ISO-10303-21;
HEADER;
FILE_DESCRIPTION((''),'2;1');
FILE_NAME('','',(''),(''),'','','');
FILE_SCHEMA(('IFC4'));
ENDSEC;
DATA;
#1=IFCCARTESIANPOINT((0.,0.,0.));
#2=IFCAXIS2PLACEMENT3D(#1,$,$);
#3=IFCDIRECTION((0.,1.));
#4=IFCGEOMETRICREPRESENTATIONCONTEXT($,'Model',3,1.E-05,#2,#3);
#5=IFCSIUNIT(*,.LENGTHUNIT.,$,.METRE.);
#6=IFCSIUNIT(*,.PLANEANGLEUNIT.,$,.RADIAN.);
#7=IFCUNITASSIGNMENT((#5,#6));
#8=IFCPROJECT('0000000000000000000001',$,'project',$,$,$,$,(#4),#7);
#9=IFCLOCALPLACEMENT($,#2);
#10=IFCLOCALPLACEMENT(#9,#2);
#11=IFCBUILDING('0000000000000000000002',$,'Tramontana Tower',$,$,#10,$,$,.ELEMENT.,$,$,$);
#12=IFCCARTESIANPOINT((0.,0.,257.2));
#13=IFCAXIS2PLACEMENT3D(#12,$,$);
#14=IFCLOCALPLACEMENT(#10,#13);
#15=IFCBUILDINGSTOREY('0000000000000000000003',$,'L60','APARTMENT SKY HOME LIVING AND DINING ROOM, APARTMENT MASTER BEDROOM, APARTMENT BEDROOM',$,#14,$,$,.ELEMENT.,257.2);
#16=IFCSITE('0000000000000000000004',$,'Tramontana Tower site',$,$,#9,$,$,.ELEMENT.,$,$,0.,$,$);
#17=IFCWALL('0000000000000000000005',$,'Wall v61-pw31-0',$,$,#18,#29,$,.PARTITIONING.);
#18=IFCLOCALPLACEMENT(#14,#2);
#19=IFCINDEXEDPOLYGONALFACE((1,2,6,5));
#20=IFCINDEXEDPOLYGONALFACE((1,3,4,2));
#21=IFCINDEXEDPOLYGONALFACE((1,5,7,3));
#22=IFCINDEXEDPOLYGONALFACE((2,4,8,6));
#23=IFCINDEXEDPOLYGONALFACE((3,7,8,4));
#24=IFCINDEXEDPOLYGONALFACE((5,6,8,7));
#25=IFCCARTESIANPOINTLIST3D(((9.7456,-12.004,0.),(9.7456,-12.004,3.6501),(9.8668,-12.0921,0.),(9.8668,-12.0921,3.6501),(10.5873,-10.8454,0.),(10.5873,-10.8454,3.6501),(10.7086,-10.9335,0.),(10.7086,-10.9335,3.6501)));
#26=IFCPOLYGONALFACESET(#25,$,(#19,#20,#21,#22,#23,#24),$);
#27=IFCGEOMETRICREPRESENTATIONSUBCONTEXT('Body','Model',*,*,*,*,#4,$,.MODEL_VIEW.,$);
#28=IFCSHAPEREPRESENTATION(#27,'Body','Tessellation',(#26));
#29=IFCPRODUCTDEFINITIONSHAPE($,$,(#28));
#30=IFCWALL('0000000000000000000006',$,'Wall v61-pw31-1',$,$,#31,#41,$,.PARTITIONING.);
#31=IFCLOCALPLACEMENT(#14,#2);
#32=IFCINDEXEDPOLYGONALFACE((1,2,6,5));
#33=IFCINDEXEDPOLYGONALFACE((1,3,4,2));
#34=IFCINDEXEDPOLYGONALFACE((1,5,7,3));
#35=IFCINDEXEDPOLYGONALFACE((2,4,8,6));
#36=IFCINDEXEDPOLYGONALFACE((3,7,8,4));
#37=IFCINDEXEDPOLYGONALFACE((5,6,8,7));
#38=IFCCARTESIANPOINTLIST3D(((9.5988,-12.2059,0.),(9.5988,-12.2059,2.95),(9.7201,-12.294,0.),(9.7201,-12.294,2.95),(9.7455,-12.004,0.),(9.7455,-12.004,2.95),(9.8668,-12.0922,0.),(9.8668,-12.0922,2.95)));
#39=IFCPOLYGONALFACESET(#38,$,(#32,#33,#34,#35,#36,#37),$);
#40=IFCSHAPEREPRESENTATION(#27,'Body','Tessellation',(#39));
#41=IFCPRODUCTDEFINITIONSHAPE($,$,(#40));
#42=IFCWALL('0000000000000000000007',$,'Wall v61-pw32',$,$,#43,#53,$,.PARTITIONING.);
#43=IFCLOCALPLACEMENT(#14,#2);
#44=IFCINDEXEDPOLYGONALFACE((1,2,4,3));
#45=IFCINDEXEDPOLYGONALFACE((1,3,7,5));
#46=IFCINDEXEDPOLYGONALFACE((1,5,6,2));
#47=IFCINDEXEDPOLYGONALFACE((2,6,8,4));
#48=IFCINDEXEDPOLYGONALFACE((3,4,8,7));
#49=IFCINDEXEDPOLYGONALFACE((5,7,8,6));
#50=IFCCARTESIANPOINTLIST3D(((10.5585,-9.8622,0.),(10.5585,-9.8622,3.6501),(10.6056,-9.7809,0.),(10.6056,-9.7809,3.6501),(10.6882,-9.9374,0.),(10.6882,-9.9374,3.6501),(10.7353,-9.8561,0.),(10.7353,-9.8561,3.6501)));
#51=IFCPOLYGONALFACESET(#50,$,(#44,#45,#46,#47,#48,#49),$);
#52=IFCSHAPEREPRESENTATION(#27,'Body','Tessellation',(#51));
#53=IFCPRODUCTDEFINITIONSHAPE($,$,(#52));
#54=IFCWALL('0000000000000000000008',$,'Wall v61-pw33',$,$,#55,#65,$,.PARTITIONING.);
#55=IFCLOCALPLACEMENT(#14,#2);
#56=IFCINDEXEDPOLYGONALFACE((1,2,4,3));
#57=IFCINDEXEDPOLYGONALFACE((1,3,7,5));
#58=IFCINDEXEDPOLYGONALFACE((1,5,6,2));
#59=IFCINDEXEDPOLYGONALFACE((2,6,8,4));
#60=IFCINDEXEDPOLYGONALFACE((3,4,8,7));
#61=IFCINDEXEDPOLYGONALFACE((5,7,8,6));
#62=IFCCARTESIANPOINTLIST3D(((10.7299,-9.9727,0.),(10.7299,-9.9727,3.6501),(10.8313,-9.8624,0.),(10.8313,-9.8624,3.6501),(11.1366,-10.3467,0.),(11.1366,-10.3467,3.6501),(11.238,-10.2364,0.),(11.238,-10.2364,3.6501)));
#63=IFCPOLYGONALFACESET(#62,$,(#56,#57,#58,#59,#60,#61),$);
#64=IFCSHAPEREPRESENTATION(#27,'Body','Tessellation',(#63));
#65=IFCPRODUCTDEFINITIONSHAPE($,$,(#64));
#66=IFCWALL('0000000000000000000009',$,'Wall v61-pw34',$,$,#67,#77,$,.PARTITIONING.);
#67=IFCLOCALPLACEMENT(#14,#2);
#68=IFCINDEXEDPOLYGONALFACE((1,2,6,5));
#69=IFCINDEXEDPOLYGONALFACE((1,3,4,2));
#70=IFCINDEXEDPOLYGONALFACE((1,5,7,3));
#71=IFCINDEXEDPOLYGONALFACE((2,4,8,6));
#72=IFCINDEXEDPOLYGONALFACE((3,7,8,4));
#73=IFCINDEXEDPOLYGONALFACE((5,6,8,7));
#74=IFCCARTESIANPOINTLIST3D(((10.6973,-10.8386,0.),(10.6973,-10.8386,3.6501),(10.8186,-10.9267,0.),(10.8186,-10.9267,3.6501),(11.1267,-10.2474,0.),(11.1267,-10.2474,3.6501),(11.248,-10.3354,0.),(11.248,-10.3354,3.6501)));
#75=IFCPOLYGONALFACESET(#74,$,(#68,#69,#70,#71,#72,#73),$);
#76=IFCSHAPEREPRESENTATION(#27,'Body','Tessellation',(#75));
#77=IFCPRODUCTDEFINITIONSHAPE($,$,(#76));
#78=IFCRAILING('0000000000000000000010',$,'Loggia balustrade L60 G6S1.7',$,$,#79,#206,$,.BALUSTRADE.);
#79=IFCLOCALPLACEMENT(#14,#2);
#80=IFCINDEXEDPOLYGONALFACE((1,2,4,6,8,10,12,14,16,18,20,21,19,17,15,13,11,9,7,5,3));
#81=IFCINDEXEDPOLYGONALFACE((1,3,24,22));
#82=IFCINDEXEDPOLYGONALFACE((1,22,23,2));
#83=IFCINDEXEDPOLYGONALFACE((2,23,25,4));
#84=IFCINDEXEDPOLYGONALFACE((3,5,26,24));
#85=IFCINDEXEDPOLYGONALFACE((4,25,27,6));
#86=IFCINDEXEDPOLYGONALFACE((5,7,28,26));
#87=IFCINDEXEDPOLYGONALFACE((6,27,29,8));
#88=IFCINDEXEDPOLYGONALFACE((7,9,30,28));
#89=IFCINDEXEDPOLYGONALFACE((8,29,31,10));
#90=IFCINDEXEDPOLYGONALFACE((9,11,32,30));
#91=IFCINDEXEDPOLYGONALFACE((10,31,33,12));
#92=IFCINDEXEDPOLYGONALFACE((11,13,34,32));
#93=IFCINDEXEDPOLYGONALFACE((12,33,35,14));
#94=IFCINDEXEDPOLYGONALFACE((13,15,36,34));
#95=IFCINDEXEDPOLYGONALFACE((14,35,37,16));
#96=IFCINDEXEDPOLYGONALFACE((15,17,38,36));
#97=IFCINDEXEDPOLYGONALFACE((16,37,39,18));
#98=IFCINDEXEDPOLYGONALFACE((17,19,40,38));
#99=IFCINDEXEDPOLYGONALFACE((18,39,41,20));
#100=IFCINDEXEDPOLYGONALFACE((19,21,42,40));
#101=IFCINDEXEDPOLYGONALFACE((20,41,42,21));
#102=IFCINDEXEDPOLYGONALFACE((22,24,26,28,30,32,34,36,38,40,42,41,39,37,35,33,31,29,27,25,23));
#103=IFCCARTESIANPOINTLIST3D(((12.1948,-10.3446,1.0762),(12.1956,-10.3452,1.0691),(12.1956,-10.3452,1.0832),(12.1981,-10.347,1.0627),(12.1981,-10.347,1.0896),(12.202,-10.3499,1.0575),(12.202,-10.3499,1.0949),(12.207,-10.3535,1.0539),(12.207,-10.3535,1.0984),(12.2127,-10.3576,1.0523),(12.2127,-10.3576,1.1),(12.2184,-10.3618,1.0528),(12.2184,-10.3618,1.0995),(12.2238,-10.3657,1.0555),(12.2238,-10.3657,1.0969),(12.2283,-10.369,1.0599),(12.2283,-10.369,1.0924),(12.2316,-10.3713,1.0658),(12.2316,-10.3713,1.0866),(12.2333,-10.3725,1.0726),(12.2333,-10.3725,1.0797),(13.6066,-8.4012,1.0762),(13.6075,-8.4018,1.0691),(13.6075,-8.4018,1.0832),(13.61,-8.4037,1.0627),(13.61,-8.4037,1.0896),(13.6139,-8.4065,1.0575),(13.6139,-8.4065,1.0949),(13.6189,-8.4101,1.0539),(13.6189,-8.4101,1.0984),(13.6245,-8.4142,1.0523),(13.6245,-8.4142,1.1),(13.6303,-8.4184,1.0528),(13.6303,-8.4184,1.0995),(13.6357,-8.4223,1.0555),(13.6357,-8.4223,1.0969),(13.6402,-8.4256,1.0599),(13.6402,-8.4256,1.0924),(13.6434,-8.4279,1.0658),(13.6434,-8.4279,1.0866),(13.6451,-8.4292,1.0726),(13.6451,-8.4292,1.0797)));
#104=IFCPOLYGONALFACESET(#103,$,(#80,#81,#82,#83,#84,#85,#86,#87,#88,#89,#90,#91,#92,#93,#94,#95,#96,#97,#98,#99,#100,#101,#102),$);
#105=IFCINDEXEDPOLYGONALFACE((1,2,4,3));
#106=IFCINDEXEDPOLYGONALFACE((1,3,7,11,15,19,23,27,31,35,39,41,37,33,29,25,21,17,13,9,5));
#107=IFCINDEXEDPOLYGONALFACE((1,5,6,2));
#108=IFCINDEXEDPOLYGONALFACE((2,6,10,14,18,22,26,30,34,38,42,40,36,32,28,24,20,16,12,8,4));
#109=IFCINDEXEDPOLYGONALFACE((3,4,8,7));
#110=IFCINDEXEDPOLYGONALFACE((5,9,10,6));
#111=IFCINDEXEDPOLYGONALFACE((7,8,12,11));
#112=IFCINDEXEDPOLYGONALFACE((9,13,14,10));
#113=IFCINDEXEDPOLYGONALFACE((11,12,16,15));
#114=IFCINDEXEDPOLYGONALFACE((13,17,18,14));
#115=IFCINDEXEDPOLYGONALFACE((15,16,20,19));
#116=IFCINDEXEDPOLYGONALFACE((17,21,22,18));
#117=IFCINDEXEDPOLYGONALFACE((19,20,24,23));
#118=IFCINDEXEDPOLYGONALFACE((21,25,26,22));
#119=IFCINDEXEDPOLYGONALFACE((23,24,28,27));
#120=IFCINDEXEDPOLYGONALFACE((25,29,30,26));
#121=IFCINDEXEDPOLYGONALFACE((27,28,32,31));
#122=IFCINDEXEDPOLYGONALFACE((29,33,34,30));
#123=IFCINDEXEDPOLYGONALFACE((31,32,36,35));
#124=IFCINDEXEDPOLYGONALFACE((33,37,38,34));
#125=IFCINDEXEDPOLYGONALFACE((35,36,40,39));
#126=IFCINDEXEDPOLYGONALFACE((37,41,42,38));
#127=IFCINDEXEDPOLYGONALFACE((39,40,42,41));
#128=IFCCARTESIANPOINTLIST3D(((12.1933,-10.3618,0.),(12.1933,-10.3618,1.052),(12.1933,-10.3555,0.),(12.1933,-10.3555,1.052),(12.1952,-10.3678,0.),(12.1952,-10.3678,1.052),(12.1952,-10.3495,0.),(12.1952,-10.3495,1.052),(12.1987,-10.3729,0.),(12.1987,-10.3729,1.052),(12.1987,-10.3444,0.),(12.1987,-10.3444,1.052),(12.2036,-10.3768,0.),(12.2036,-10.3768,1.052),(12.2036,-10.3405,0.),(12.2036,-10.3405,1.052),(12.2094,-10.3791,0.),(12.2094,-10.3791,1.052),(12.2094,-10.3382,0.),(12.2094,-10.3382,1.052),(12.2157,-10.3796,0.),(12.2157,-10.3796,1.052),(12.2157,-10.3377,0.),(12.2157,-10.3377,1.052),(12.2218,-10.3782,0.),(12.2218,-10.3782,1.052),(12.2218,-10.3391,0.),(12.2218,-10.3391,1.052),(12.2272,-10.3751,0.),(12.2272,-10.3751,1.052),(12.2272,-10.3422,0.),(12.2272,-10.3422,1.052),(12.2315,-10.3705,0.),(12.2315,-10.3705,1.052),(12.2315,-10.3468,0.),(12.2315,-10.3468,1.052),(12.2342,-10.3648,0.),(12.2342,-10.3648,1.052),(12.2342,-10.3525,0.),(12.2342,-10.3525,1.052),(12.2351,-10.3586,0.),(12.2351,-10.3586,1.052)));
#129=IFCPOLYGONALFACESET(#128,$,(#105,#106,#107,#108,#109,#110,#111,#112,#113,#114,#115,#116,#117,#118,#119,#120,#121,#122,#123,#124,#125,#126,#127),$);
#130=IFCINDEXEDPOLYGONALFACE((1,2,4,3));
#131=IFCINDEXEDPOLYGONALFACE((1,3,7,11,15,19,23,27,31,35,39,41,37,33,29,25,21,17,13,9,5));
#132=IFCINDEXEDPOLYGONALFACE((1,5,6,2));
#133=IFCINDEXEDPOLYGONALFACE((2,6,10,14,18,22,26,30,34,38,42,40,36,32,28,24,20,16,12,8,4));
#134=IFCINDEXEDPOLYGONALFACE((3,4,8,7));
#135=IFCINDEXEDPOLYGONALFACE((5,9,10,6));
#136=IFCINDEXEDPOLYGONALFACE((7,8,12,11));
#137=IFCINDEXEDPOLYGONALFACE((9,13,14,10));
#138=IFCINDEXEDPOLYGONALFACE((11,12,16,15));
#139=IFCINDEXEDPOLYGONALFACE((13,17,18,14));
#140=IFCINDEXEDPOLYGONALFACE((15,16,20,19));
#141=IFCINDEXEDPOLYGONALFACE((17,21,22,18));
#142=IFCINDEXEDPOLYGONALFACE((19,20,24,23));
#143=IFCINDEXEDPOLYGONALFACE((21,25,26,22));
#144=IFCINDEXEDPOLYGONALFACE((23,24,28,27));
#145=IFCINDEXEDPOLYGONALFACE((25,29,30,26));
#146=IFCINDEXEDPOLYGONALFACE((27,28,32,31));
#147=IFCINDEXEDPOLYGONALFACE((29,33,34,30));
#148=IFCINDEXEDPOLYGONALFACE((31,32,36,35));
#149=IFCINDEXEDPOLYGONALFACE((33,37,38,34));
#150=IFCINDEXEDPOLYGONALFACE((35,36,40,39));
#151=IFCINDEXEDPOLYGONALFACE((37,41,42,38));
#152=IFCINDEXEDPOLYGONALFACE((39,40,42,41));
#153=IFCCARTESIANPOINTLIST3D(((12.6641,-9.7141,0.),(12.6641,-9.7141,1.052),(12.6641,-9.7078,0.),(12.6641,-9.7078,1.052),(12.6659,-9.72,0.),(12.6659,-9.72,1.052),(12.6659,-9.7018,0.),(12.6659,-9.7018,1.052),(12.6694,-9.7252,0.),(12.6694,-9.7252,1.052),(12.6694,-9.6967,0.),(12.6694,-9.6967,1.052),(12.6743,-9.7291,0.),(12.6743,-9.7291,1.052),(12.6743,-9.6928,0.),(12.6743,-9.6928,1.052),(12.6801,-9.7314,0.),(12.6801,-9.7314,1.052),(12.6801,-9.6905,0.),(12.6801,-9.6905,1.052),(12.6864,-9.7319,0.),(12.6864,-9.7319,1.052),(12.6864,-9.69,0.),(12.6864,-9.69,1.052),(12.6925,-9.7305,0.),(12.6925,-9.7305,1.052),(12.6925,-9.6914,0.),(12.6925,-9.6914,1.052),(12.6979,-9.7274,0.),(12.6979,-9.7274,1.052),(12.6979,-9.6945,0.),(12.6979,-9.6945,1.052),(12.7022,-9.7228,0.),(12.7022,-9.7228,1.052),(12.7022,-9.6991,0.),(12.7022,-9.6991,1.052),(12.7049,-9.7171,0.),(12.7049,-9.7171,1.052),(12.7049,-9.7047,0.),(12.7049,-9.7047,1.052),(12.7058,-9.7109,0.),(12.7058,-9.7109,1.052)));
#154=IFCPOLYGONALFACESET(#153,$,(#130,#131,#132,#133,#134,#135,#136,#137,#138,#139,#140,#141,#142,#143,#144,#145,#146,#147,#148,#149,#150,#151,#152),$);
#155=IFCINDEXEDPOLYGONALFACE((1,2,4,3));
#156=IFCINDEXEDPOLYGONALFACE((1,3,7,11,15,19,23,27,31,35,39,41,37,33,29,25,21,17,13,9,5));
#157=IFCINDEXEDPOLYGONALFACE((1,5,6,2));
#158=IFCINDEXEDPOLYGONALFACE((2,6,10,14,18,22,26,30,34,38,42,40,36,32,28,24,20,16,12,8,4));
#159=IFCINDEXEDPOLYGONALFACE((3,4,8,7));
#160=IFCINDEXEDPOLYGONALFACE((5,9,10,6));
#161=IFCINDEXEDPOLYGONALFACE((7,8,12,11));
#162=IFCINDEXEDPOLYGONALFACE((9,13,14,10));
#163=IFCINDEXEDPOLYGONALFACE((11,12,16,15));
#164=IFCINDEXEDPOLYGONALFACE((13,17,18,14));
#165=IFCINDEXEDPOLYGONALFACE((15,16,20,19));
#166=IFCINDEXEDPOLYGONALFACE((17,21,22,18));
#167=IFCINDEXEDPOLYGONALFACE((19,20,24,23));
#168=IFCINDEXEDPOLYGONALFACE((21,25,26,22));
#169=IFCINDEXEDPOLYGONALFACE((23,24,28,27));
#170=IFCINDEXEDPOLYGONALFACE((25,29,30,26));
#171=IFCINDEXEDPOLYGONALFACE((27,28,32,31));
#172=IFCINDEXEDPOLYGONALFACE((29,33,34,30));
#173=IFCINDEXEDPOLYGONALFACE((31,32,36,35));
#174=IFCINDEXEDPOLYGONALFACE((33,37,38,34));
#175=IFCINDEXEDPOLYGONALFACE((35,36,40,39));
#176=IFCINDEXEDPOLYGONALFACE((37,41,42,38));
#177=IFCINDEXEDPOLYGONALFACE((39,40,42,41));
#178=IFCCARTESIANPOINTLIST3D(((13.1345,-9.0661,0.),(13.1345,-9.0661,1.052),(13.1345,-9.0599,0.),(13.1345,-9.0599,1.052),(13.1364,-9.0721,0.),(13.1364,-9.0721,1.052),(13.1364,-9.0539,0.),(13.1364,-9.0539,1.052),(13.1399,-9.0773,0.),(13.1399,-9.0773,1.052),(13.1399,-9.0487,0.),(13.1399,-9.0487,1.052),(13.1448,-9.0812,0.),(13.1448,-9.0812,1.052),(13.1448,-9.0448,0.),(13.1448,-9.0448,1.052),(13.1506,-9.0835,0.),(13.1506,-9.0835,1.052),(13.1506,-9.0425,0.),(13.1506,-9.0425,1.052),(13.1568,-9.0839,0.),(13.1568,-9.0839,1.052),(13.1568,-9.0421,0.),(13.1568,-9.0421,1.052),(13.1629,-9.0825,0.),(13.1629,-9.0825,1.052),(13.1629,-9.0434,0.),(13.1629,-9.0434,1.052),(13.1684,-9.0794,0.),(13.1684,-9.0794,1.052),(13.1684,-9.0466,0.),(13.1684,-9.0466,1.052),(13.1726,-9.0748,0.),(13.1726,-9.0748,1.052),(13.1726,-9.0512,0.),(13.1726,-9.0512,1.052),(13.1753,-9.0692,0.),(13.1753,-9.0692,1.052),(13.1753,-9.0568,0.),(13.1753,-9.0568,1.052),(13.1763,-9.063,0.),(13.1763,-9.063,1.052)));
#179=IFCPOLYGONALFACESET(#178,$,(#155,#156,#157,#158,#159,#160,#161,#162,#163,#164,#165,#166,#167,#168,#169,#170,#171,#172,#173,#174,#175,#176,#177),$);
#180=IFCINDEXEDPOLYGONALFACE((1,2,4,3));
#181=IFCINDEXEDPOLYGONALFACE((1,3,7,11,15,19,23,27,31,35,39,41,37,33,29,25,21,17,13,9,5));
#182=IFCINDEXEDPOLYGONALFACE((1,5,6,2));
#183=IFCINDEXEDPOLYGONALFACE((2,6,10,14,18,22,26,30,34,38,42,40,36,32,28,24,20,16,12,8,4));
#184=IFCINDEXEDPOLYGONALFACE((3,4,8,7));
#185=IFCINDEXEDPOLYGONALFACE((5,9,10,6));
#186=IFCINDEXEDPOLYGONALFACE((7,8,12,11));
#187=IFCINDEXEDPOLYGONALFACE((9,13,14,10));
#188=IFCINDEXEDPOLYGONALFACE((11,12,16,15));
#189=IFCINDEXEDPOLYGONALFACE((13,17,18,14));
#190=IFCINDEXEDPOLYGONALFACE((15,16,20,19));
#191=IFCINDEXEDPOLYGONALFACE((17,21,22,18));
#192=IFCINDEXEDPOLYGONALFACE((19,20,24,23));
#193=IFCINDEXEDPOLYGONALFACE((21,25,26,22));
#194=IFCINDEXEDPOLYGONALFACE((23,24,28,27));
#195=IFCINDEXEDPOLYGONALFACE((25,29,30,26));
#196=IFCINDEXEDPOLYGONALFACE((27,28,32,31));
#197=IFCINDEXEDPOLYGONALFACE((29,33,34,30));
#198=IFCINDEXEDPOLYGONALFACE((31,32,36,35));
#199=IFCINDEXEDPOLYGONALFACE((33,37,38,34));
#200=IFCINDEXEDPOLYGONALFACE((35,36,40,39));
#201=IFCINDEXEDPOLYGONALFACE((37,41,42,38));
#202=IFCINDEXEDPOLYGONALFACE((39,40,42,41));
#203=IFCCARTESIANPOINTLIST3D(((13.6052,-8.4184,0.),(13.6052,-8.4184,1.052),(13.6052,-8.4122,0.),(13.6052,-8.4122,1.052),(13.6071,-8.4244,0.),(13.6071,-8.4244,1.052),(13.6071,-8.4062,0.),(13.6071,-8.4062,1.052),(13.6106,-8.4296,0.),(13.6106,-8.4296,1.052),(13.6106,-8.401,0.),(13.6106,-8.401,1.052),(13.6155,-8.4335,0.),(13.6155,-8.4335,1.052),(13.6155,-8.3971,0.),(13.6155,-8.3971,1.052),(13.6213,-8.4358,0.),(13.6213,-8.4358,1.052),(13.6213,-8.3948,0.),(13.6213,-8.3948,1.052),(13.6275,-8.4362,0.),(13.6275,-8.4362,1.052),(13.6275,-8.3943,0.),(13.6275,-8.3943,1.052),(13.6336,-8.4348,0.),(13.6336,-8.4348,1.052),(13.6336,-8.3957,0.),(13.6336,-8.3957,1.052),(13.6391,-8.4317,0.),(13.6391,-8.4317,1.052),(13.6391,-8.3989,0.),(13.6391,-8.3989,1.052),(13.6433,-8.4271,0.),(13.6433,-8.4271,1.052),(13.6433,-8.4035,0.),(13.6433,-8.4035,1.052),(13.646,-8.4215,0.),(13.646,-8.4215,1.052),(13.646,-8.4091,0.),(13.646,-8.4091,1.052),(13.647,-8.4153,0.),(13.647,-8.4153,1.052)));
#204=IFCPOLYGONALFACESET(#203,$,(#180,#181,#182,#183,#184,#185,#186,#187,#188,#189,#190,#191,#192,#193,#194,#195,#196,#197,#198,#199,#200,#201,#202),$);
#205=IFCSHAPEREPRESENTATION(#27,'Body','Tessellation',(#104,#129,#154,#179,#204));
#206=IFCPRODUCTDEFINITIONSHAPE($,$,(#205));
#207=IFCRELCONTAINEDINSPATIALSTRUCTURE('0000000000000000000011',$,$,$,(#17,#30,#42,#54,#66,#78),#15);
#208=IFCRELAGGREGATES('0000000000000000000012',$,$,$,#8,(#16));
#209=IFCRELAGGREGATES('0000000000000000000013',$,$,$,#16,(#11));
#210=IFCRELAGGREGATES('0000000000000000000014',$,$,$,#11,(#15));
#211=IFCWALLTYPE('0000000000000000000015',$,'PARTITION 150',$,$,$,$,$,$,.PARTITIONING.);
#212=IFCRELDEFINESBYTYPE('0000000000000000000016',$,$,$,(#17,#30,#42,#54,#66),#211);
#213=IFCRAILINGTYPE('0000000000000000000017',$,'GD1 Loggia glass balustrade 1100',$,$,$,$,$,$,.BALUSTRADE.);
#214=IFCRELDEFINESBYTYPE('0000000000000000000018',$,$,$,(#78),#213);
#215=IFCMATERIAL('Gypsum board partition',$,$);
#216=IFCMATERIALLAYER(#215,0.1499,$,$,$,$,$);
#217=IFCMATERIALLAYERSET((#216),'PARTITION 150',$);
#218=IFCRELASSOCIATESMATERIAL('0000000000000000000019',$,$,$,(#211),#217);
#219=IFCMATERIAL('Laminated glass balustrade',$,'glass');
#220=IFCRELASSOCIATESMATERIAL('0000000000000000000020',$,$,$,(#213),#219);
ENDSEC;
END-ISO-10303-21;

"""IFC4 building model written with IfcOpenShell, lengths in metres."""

from ifc_helpers import new_model, si_unit, direction, frame, frame_2d, origin, origin_2d, place, context, subcontext, project, spatial, rectangle, circle, extrude, material, layer, layer_set, type_object, element, save


model = new_model("IFC4")

# Units and contexts
model_context = context("Model", 3, precision=1e-05, world=origin(), true_north=direction((0.0, 1.0)))
body_context = subcontext(model_context, "Body", "Model", "MODEL_VIEW")
ifc_project = project(units=[si_unit("LENGTHUNIT", "METRE"), si_unit("PLANEANGLEUNIT", "RADIAN")], contexts=[model_context])

# Site, building, storey
site_placement = place(None, origin())
site = spatial("IfcSite", under=ifc_project, at=site_placement, Name="Tramontana Tower site", CompositionType="ELEMENT", RefElevation=0.0)
building_placement = place(site_placement, origin())
building = spatial("IfcBuilding", under=site, at=building_placement, Name="Tramontana Tower", CompositionType="ELEMENT")
storey_placement = place(building_placement, frame((0.0, 0.0, 257.2)))
storey = spatial("IfcBuildingStorey", under=building, at=storey_placement, Name="L60", Description="APARTMENT SKY HOME LIVING AND DINING ROOM, APARTMENT MASTER BEDROOM, APARTMENT BEDROOM", CompositionType="ELEMENT", Elevation=257.2)

# Shared definitions
ifc_material_1 = material(Name="Gypsum board partition")
ifc_layer_1 = layer(ifc_material_1, 0.1499)
ifc_layer_set_1 = layer_set([ifc_layer_1], Name="PARTITION 150")
wall_type_1 = type_object("IfcWallType", Name="PARTITION 150", PredefinedType="PARTITIONING", material=ifc_layer_set_1)

# Walls
wall_1_placement = place(storey_placement, frame((10.6479, -10.8894, 0.0), z_axis=(0.0, 0.0, 1.0), x_axis=(-0.587766, -0.809031, 0.0)))
element("IfcWall", 1, at=wall_1_placement, inside=storey, type_object=wall_type_1, Name="Wall v61-pw31-0", PredefinedType="PARTITIONING", context=body_context, shape_type="SweptSolid", body=[
    extrude(rectangle(XDim=1.4321, YDim=0.1499, at=frame_2d((0.7161, 0.0))), origin(), (0.0, 0.0, 1.0), 3.6501),
])
wall_2_placement = place(storey_placement, frame((9.8062, -12.0481, 0.0), z_axis=(0.0, 0.0, 1.0), x_axis=(-0.587881, -0.808948, 0.0)))
element("IfcWall", 2, at=wall_2_placement, inside=storey, type_object=wall_type_1, Name="Wall v61-pw31-1", PredefinedType="PARTITIONING", context=body_context, shape_type="SweptSolid", body=[
    extrude(rectangle(XDim=0.2495, YDim=0.1499, at=frame_2d((0.1248, 0.0))), origin(), (0.0, 0.0, 1.0), 2.95),
])
wall_3_placement = place(storey_placement, frame((10.6704, -9.8186, 0.0), z_axis=(0.0, 0.0, 1.0), x_axis=(-0.501446, -0.865189, 0.0)))
element("IfcWall", 3, at=wall_3_placement, inside=storey, type_object=wall_type_1, Name="Wall v61-pw32", PredefinedType="PARTITIONING", context=body_context, shape_type="SweptSolid", body=[
    extrude(rectangle(XDim=0.094, YDim=0.1499, at=frame_2d((0.0469, 0.0))), origin(), (0.0, 0.0, 1.0), 3.6501),
])
wall_4_placement = place(storey_placement, frame((10.7805, -9.9175, 0.0), z_axis=(0.0, 0.0, 1.0), x_axis=(0.736089, -0.676884, 0.0)))
element("IfcWall", 4, at=wall_4_placement, inside=storey, type_object=wall_type_1, Name="Wall v61-pw33", PredefinedType="PARTITIONING", context=body_context, shape_type="SweptSolid", body=[
    extrude(rectangle(XDim=0.5525, YDim=0.1499, at=frame_2d((0.2764, 0.0))), origin(), (0.0, 0.0, 1.0), 3.6501),
])
wall_5_placement = place(storey_placement, frame((11.1873, -10.2915, 0.0), z_axis=(0.0, 0.0, 1.0), x_axis=(-0.587635, -0.809126, 0.0)))
element("IfcWall", 5, at=wall_5_placement, inside=storey, type_object=wall_type_1, Name="Wall v61-pw34", PredefinedType="PARTITIONING", context=body_context, shape_type="SweptSolid", body=[
    extrude(rectangle(XDim=0.7307, YDim=0.1499, at=frame_2d((0.3652, 0.0))), origin(), (0.0, 0.0, 1.0), 3.6501),
])

# Railing
ifc_material_2 = material(Name="Laminated glass balustrade", Category="glass")
railing_type = type_object("IfcRailingType", Name="GD1 Loggia glass balustrade 1100", PredefinedType="BALUSTRADE", material=ifc_material_2)
railing_placement = place(storey_placement, frame((12.2141, -10.3586, 0.0)))
element("IfcRailing", 6, at=railing_placement, inside=storey, type_object=railing_type, Name="Loggia balustrade L60 G6S1.7", PredefinedType="BALUSTRADE", context=body_context, shape_type="SweptSolid", body=[
    extrude(circle(Radius=0.0239, at=origin_2d()), frame((0.0, 0.0, 1.0762), z_axis=(0.587767, 0.80903, 0.0), x_axis=(-0.80903, 0.587767, 0.0)), (0.0, 0.0, 1.0), 2.4021),
    extrude(circle(Radius=0.021, at=origin_2d()), origin(), (0.0, 0.0, 1.0), 1.052),
    extrude(circle(Radius=0.021, at=origin_2d()), frame((0.4707, 0.6477, 0.0)), (0.0, 0.0, 1.0), 1.052),
    extrude(circle(Radius=0.021, at=origin_2d()), frame((0.9412, 1.2957, 0.0)), (0.0, 0.0, 1.0), 1.052),
    extrude(circle(Radius=0.021, at=origin_2d()), frame((1.4119, 1.9434, 0.0)), (0.0, 0.0, 1.0), 1.052),
])

save(model, "model.ifc")
